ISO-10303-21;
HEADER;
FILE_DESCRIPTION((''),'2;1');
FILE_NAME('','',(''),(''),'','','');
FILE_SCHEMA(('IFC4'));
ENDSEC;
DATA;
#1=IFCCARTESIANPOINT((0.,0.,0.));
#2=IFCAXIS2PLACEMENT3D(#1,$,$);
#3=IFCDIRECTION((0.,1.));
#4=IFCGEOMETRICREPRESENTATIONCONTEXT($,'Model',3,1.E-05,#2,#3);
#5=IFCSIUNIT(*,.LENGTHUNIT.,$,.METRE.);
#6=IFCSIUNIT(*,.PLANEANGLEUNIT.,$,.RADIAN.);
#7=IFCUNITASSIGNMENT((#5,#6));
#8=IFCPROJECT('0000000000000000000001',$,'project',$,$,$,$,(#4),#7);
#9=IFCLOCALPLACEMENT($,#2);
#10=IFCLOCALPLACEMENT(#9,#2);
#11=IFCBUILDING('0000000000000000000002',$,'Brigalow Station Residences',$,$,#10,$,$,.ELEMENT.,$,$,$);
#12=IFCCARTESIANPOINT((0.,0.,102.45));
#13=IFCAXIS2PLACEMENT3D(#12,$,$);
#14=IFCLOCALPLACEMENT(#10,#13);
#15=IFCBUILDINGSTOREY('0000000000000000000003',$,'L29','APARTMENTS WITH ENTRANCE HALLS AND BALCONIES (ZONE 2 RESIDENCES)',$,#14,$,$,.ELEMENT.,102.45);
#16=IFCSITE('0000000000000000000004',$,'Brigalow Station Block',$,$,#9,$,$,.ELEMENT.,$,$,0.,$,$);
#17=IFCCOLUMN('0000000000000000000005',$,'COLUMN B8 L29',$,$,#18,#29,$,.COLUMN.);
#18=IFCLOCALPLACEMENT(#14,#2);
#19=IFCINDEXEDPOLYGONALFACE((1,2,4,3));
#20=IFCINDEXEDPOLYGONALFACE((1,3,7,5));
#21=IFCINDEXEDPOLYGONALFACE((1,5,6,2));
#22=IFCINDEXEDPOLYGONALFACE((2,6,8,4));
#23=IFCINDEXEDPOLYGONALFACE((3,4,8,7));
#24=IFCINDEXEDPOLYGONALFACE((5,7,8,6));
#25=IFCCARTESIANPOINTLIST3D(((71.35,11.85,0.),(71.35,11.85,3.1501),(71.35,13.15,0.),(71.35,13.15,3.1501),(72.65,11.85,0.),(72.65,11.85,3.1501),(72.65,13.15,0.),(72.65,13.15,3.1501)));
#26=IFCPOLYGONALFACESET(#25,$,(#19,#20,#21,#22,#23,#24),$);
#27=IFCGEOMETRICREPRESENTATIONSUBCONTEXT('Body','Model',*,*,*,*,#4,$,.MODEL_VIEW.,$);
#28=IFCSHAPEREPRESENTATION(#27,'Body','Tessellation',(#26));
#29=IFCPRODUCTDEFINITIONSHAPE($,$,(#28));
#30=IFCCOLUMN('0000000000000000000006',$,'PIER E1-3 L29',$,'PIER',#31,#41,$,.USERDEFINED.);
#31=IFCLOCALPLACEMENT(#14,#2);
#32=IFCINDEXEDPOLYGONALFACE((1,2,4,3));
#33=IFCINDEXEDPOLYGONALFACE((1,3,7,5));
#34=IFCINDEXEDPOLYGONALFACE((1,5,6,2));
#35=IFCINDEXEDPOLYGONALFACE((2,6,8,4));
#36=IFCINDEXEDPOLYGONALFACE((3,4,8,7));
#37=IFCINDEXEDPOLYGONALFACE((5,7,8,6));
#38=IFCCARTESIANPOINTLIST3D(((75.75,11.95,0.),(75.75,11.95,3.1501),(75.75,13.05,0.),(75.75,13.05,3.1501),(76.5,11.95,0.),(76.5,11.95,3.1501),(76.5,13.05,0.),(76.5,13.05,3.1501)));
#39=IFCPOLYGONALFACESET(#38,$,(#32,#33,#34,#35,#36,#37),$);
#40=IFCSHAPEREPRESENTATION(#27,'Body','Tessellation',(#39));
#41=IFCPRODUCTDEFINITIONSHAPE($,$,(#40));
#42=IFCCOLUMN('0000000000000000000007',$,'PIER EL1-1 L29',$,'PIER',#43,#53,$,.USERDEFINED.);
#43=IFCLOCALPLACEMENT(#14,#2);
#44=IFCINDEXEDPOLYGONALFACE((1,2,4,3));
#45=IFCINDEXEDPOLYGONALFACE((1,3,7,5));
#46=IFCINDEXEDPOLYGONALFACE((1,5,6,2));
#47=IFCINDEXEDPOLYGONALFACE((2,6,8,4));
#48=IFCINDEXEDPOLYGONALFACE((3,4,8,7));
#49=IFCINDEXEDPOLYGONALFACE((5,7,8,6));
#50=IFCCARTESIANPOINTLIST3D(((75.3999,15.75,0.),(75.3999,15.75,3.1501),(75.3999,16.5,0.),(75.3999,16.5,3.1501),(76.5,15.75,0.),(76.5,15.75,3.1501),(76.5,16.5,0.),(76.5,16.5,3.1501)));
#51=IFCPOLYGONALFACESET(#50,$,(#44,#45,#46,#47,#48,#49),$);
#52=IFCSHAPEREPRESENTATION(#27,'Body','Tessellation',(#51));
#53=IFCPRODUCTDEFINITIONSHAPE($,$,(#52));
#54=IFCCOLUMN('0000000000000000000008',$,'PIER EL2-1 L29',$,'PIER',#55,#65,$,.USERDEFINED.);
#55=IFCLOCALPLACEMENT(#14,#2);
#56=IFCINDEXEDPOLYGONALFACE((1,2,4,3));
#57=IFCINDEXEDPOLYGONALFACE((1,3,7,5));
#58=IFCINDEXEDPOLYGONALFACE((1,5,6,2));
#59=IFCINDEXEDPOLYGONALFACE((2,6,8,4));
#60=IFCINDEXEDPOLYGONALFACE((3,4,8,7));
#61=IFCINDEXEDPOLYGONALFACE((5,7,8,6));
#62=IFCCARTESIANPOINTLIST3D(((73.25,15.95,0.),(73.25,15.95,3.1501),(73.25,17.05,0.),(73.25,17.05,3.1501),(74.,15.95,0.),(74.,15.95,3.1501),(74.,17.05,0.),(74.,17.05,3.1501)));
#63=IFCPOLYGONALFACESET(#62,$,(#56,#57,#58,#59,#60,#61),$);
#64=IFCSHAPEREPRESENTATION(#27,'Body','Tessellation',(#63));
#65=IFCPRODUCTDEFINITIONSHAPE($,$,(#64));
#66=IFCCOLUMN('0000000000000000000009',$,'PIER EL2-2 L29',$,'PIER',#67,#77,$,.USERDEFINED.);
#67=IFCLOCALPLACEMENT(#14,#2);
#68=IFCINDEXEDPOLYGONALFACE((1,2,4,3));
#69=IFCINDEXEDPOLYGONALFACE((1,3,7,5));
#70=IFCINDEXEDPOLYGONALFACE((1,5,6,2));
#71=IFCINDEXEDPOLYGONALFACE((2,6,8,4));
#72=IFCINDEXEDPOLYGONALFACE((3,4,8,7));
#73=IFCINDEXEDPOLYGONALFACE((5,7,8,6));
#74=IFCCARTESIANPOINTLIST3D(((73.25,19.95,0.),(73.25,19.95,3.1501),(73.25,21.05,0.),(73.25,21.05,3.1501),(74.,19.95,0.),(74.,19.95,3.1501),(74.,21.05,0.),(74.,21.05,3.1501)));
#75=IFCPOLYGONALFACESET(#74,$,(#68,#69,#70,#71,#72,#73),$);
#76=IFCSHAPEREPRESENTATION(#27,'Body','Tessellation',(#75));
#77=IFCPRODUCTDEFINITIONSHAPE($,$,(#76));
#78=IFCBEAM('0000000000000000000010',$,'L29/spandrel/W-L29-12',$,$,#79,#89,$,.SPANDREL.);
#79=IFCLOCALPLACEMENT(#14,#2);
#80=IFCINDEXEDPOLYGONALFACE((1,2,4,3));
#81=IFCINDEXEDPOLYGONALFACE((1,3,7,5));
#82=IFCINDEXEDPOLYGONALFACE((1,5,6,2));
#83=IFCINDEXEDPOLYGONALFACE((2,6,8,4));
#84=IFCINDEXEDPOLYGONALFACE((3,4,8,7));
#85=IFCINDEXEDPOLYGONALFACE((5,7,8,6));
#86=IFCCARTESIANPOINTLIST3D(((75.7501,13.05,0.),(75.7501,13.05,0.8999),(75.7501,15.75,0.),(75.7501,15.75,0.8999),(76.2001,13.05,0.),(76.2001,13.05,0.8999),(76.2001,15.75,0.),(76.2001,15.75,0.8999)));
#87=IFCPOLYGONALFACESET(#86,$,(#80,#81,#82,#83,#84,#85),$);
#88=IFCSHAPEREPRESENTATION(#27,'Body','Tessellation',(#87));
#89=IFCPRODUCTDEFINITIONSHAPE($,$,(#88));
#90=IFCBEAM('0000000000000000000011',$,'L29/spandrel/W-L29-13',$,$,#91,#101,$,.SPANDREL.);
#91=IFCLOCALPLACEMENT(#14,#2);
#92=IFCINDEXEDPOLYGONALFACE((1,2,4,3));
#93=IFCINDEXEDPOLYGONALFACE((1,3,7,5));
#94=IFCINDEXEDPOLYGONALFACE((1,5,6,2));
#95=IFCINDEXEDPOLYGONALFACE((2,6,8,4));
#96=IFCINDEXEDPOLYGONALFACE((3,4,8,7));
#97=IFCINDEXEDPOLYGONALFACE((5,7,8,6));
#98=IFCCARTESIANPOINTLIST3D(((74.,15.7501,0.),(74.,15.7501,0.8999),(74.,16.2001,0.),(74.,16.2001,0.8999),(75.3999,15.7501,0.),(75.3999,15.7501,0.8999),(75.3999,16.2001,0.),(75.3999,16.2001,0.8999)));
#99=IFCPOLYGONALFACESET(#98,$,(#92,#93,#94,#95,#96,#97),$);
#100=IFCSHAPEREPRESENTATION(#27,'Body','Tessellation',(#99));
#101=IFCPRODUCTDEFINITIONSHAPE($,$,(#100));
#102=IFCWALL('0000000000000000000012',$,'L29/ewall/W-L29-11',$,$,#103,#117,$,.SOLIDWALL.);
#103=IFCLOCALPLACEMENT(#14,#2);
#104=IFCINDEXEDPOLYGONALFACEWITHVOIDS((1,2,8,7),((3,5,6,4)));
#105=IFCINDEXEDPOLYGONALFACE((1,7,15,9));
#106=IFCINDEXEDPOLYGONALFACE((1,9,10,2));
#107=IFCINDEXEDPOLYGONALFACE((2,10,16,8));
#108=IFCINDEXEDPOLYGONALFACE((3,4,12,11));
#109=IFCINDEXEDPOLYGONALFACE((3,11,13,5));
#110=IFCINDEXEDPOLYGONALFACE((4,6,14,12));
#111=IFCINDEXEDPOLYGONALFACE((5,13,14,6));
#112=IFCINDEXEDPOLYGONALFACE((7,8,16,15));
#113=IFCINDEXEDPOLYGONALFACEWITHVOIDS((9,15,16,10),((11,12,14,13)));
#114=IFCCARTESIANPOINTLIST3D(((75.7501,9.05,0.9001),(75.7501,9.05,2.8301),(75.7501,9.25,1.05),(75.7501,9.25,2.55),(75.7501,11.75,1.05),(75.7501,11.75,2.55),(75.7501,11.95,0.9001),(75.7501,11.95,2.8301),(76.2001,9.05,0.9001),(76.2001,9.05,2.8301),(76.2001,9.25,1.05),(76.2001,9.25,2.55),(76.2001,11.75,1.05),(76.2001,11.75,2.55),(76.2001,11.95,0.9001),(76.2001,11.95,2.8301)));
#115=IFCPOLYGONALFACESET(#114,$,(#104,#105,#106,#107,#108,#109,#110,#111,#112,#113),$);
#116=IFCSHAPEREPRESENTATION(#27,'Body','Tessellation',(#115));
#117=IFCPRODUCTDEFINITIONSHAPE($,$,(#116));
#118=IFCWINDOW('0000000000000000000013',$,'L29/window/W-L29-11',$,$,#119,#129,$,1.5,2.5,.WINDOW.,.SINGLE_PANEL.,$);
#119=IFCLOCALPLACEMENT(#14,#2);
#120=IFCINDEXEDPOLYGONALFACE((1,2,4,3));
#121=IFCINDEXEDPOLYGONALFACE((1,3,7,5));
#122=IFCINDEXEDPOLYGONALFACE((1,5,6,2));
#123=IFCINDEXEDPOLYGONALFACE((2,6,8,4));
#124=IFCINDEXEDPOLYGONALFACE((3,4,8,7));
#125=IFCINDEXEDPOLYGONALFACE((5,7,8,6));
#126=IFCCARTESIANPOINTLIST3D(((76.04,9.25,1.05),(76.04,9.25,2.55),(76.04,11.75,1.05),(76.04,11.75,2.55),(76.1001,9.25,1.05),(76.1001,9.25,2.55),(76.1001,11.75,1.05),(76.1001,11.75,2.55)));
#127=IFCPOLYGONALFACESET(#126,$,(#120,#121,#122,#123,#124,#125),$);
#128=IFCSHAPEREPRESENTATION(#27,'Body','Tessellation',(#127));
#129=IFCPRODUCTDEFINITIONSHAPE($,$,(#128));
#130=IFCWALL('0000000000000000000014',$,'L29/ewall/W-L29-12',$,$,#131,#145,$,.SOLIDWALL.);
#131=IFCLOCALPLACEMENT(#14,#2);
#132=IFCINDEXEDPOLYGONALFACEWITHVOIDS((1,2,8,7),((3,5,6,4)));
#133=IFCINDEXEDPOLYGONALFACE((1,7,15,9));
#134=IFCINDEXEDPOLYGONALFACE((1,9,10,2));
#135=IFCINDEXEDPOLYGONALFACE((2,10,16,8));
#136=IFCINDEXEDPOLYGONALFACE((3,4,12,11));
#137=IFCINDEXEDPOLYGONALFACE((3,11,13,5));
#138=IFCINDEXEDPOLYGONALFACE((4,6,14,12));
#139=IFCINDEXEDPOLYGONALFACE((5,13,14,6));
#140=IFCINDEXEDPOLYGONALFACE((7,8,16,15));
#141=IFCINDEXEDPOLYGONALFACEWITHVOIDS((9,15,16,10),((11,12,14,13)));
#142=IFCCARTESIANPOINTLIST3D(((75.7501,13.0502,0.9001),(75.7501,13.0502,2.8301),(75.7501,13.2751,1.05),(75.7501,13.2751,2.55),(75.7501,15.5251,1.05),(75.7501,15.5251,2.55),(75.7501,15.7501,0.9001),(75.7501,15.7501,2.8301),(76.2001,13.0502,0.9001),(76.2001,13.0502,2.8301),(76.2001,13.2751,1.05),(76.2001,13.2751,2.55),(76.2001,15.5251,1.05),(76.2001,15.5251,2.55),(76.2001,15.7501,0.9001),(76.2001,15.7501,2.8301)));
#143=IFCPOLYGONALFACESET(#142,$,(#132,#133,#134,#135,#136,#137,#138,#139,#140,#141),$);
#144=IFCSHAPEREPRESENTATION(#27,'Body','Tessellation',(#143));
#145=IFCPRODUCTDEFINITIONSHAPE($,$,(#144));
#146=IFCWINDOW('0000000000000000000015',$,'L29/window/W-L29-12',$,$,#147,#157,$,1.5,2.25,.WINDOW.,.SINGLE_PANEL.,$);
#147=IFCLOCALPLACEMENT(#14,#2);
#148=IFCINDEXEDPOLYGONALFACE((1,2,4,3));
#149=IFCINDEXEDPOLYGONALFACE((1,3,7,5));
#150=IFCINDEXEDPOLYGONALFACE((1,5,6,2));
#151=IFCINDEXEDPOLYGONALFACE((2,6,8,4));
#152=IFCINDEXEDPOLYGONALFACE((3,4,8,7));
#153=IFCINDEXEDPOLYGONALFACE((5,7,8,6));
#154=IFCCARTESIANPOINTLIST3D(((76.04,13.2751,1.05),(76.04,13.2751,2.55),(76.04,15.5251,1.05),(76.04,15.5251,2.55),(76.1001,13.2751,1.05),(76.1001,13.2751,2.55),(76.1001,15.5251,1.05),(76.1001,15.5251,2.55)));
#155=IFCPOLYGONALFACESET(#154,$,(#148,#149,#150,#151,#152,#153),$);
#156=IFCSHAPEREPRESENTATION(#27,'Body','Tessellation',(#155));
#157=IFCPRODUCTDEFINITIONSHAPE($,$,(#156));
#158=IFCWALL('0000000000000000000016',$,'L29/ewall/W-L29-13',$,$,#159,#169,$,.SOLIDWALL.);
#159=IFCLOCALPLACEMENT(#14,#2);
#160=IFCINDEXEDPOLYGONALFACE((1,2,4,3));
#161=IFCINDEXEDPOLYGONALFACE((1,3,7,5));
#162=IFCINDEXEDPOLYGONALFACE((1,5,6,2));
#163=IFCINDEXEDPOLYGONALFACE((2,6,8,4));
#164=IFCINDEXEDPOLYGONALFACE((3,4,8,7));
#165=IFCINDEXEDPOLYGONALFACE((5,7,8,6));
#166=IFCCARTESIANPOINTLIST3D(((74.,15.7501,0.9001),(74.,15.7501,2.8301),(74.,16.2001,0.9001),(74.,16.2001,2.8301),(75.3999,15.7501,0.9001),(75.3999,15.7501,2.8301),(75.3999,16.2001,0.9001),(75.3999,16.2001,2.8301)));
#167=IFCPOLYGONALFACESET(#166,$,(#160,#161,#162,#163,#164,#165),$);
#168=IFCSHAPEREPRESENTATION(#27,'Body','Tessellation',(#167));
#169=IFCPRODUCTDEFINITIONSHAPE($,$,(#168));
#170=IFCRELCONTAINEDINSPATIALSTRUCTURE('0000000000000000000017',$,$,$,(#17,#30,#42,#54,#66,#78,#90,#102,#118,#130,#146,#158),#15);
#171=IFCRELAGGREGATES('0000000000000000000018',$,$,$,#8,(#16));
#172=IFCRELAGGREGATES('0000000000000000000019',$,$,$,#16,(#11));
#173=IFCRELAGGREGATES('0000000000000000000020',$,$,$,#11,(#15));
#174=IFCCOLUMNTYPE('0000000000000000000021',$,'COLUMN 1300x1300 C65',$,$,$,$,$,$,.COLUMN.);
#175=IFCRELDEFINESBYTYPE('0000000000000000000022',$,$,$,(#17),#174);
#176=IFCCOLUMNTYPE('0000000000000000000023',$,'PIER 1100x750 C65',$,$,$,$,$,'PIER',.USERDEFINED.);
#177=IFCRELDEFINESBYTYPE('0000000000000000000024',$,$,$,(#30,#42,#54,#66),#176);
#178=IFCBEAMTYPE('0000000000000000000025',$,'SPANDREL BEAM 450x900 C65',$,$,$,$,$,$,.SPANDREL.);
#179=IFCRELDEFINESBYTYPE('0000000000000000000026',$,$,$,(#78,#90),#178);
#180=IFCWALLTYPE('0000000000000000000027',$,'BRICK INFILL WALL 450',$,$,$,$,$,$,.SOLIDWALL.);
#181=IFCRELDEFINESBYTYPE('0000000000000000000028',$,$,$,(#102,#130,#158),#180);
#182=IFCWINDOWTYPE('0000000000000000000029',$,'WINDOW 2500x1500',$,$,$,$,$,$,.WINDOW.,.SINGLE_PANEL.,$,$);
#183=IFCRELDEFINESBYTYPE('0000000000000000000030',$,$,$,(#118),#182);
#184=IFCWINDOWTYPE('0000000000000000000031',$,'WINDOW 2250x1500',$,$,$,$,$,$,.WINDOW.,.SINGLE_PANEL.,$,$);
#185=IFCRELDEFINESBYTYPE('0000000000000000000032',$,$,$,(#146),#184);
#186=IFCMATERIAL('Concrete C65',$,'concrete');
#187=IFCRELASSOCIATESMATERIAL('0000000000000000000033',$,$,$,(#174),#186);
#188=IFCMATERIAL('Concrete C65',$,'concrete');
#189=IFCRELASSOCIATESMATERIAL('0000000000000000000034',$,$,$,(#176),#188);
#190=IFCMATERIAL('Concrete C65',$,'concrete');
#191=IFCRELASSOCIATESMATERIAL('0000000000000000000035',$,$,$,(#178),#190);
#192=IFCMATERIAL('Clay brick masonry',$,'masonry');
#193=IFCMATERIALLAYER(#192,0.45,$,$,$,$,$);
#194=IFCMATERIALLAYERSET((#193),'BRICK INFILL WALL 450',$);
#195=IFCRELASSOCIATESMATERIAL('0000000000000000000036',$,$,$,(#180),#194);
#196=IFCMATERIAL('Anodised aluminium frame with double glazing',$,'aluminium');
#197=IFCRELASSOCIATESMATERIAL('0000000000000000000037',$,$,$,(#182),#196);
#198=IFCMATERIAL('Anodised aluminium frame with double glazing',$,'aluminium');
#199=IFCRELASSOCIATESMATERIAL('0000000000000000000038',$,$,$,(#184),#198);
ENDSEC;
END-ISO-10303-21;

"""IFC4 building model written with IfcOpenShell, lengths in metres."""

from ifc_helpers import new_model, si_unit, direction, frame, frame_2d, origin, origin_2d, place, context, subcontext, project, spatial, rectangle, extrude, material, layer, layer_set, material_profile, profile_set, type_object, element, fill, save


model = new_model("IFC4")

# Units and contexts
model_context = context("Model", 3, precision=1e-05, world=origin(), true_north=direction((0.0, 1.0)))
body_context = subcontext(model_context, "Body", "Model", "MODEL_VIEW")
ifc_project = project(units=[si_unit("LENGTHUNIT", "METRE"), si_unit("PLANEANGLEUNIT", "RADIAN")], contexts=[model_context])

# Site, building, storey
site_placement = place(None, origin())
site = spatial("IfcSite", under=ifc_project, at=site_placement, Name="Brigalow Station Block", CompositionType="ELEMENT", RefElevation=0.0)
building_placement = place(site_placement, origin())
building = spatial("IfcBuilding", under=site, at=building_placement, Name="Brigalow Station Residences", CompositionType="ELEMENT")
storey_placement = place(building_placement, frame((0.0, 0.0, 102.45)))
storey = spatial("IfcBuildingStorey", under=building, at=storey_placement, Name="L29", Description="APARTMENTS WITH ENTRANCE HALLS AND BALCONIES (ZONE 2 RESIDENCES)", CompositionType="ELEMENT", Elevation=102.45)

# Columns
ifc_material_1 = material(Name="Concrete C65", Category="concrete")
ifc_material_profile_1 = material_profile(ifc_material_1, rectangle(XDim=1.3, YDim=1.3, at=origin_2d()), Name="RC1300x1300")
ifc_profile_set_1 = profile_set([ifc_material_profile_1], Name="Concrete C65")
column_type_1 = type_object("IfcColumnType", Name="COLUMN 1300x1300 C65", PredefinedType="COLUMN", material=ifc_profile_set_1)
column_placement = place(storey_placement, frame((72.0, 12.5, 0.0), z_axis=(0.0, 0.0, 1.0), x_axis=(1.0, 0.0, 0.0)))
element("IfcColumn", 1, at=column_placement, inside=storey, type_object=column_type_1, Name="COLUMN B8 L29", PredefinedType="COLUMN", context=body_context, shape_type="SweptSolid", body=[
    extrude(rectangle(XDim=1.3, YDim=1.3, at=origin_2d()), origin(), (0.0, 0.0, 1.0), 3.1501),
])
ifc_material_2 = material(Name="Concrete C65", Category="concrete")
ifc_material_profile_2 = material_profile(ifc_material_2, rectangle(XDim=1.1001, YDim=0.75, at=origin_2d()), Name="RC1100x750")
ifc_profile_set_2 = profile_set([ifc_material_profile_2], Name="Concrete C65")
column_type_2 = type_object("IfcColumnType", Name="PIER 1100x750 C65", ElementType="PIER", PredefinedType="USERDEFINED", material=ifc_profile_set_2)
for number, where, z_axis, x_axis, name in (
    (2, (76.125, 12.5, 0.0), (0.0, 0.0, 1.0), (0.0, 1.0, 0.0), "PIER E1-3 L29"),
    (3, (75.95, 16.125, 0.0), (0.0, 0.0, 1.0), (-1.0, 0.0, 0.0), "PIER EL1-1 L29"),
    (4, (73.625, 16.5, 0.0), (0.0, 0.0, 1.0), (0.0, 1.0, 0.0), "PIER EL2-1 L29"),
    (5, (73.625, 20.5, 0.0), (0.0, 0.0, 1.0), (0.0, 1.0, 0.0), "PIER EL2-2 L29"),
):
    element("IfcColumn", number, at=place(storey_placement, frame(where, z_axis=z_axis, x_axis=x_axis)), inside=storey, type_object=column_type_2, Name=name, ObjectType="PIER", PredefinedType="USERDEFINED", context=body_context, shape_type="SweptSolid", body=[
        extrude(rectangle(XDim=1.1001, YDim=0.75, at=origin_2d()), origin(), (0.0, 0.0, 1.0), 3.1501),
    ])

# Beams
ifc_material_3 = material(Name="Concrete C65", Category="concrete")
ifc_material_profile_3 = material_profile(ifc_material_3, rectangle(XDim=0.45, YDim=0.8999, at=origin_2d()), Name="RC450x900")
ifc_profile_set_3 = profile_set([ifc_material_profile_3], Name="Concrete C65")
beam_type = type_object("IfcBeamType", Name="SPANDREL BEAM 450x900 C65", PredefinedType="SPANDREL", material=ifc_profile_set_3)
beam_1_placement = place(storey_placement, frame((75.9751, 13.05, 0.45), z_axis=(0.0, 1.0, 0.0), x_axis=(-1.0, 0.0, 0.0)))
element("IfcBeam", 6, at=beam_1_placement, inside=storey, type_object=beam_type, Name="L29/spandrel/W-L29-12", PredefinedType="SPANDREL", context=body_context, shape_type="SweptSolid", body=[
    extrude(rectangle(XDim=0.45, YDim=0.8999, at=origin_2d()), origin(), (0.0, 0.0, 1.0), 2.7),
])
beam_2_placement = place(storey_placement, frame((75.3999, 15.9751, 0.45), z_axis=(-1.0, 0.0, 0.0), x_axis=(0.0, -1.0, 0.0)))
element("IfcBeam", 7, at=beam_2_placement, inside=storey, type_object=beam_type, Name="L29/spandrel/W-L29-13", PredefinedType="SPANDREL", context=body_context, shape_type="SweptSolid", body=[
    extrude(rectangle(XDim=0.45, YDim=0.8999, at=origin_2d()), origin(), (0.0, 0.0, 1.0), 1.3999),
])

# Walls, openings, windows
ifc_material_4 = material(Name="Clay brick masonry", Category="masonry")
ifc_layer = layer(ifc_material_4, 0.45)
ifc_layer_set = layer_set([ifc_layer], Name="BRICK INFILL WALL 450")
wall_type = type_object("IfcWallType", Name="BRICK INFILL WALL 450", PredefinedType="SOLIDWALL", material=ifc_layer_set)
wall_1_placement = place(storey_placement, frame((75.9751, 9.05, 0.9001), z_axis=(0.0, 0.0, 1.0), x_axis=(0.0, 1.0, 0.0)))
wall_1 = element("IfcWall", 8, at=wall_1_placement, inside=storey, type_object=wall_type, Name="L29/ewall/W-L29-11", PredefinedType="SOLIDWALL", context=body_context, shape_type="SweptSolid", body=[
    extrude(rectangle(XDim=2.8999, YDim=0.45, at=frame_2d((1.45, 0.0))), origin(), (0.0, 0.0, 1.0), 1.9299),
])
opening_1_placement = place(wall_1_placement, frame((0.2, 0.0, 0.1499)))
opening_1 = element("IfcOpeningElement", 9, at=opening_1_placement, cuts=wall_1, PredefinedType="OPENING", context=body_context, shape_type="SweptSolid", body=[
    extrude(rectangle(XDim=2.5, YDim=1.5, at=frame_2d((1.25, 0.75))), frame((0.0, 0.2349, 0.0), z_axis=(0.0, -1.0, 0.0), x_axis=(1.0, 0.0, 0.0)), (0.0, 0.0, 1.0), 0.47),
])
ifc_material_5 = material(Name="Anodised aluminium frame with double glazing", Category="aluminium")
window_type_1 = type_object("IfcWindowType", Name="WINDOW 2500x1500", PartitioningType="SINGLE_PANEL", PredefinedType="WINDOW", material=ifc_material_5)
window_1_placement = place(opening_1_placement, origin())
window_1 = element("IfcWindow", 10, at=window_1_placement, inside=storey, type_object=window_type_1, Name="L29/window/W-L29-11", OverallHeight=1.5, OverallWidth=2.5, PartitioningType="SINGLE_PANEL", PredefinedType="WINDOW", context=body_context, shape_type="SweptSolid", body=[
    extrude(rectangle(XDim=2.5, YDim=1.5, at=frame_2d((1.25, 0.75))), frame((0.0, -0.0649, 0.0), z_axis=(0.0, -1.0, 0.0), x_axis=(1.0, 0.0, 0.0)), (0.0, 0.0, 1.0), 0.0601),
])
fill(opening_1, window_1)
wall_2_placement = place(storey_placement, frame((75.9751, 13.05, 0.9001), z_axis=(0.0, 0.0, 1.0), x_axis=(0.0, 1.0, 0.0)))
wall_2 = element("IfcWall", 11, at=wall_2_placement, inside=storey, type_object=wall_type, Name="L29/ewall/W-L29-12", PredefinedType="SOLIDWALL", context=body_context, shape_type="SweptSolid", body=[
    extrude(rectangle(XDim=2.7, YDim=0.45, at=frame_2d((1.3501, 0.0))), origin(), (0.0, 0.0, 1.0), 1.9299),
])
opening_2_placement = place(wall_2_placement, frame((0.2251, 0.0, 0.1499)))
opening_2 = element("IfcOpeningElement", 12, at=opening_2_placement, cuts=wall_2, PredefinedType="OPENING", context=body_context, shape_type="SweptSolid", body=[
    extrude(rectangle(XDim=2.25, YDim=1.5, at=frame_2d((1.125, 0.75))), frame((0.0, 0.2349, 0.0), z_axis=(0.0, -1.0, 0.0), x_axis=(1.0, 0.0, 0.0)), (0.0, 0.0, 1.0), 0.47),
])
ifc_material_6 = material(Name="Anodised aluminium frame with double glazing", Category="aluminium")
window_type_2 = type_object("IfcWindowType", Name="WINDOW 2250x1500", PartitioningType="SINGLE_PANEL", PredefinedType="WINDOW", material=ifc_material_6)
window_2_placement = place(opening_2_placement, origin())
window_2 = element("IfcWindow", 13, at=window_2_placement, inside=storey, type_object=window_type_2, Name="L29/window/W-L29-12", OverallHeight=1.5, OverallWidth=2.25, PartitioningType="SINGLE_PANEL", PredefinedType="WINDOW", context=body_context, shape_type="SweptSolid", body=[
    extrude(rectangle(XDim=2.25, YDim=1.5, at=frame_2d((1.125, 0.75))), frame((0.0, -0.0649, 0.0), z_axis=(0.0, -1.0, 0.0), x_axis=(1.0, 0.0, 0.0)), (0.0, 0.0, 1.0), 0.0601),
])
fill(opening_2, window_2)

# Wall
wall_3_placement = place(storey_placement, frame((75.3999, 15.9751, 0.9001), z_axis=(0.0, 0.0, 1.0), x_axis=(-1.0, 0.0, 0.0)))
element("IfcWall", 14, at=wall_3_placement, inside=storey, type_object=wall_type, Name="L29/ewall/W-L29-13", PredefinedType="SOLIDWALL", context=body_context, shape_type="SweptSolid", body=[
    extrude(rectangle(XDim=1.3999, YDim=0.45, at=frame_2d((0.7, 0.0))), origin(), (0.0, 0.0, 1.0), 1.9299),
])

save(model, "model.ifc")
